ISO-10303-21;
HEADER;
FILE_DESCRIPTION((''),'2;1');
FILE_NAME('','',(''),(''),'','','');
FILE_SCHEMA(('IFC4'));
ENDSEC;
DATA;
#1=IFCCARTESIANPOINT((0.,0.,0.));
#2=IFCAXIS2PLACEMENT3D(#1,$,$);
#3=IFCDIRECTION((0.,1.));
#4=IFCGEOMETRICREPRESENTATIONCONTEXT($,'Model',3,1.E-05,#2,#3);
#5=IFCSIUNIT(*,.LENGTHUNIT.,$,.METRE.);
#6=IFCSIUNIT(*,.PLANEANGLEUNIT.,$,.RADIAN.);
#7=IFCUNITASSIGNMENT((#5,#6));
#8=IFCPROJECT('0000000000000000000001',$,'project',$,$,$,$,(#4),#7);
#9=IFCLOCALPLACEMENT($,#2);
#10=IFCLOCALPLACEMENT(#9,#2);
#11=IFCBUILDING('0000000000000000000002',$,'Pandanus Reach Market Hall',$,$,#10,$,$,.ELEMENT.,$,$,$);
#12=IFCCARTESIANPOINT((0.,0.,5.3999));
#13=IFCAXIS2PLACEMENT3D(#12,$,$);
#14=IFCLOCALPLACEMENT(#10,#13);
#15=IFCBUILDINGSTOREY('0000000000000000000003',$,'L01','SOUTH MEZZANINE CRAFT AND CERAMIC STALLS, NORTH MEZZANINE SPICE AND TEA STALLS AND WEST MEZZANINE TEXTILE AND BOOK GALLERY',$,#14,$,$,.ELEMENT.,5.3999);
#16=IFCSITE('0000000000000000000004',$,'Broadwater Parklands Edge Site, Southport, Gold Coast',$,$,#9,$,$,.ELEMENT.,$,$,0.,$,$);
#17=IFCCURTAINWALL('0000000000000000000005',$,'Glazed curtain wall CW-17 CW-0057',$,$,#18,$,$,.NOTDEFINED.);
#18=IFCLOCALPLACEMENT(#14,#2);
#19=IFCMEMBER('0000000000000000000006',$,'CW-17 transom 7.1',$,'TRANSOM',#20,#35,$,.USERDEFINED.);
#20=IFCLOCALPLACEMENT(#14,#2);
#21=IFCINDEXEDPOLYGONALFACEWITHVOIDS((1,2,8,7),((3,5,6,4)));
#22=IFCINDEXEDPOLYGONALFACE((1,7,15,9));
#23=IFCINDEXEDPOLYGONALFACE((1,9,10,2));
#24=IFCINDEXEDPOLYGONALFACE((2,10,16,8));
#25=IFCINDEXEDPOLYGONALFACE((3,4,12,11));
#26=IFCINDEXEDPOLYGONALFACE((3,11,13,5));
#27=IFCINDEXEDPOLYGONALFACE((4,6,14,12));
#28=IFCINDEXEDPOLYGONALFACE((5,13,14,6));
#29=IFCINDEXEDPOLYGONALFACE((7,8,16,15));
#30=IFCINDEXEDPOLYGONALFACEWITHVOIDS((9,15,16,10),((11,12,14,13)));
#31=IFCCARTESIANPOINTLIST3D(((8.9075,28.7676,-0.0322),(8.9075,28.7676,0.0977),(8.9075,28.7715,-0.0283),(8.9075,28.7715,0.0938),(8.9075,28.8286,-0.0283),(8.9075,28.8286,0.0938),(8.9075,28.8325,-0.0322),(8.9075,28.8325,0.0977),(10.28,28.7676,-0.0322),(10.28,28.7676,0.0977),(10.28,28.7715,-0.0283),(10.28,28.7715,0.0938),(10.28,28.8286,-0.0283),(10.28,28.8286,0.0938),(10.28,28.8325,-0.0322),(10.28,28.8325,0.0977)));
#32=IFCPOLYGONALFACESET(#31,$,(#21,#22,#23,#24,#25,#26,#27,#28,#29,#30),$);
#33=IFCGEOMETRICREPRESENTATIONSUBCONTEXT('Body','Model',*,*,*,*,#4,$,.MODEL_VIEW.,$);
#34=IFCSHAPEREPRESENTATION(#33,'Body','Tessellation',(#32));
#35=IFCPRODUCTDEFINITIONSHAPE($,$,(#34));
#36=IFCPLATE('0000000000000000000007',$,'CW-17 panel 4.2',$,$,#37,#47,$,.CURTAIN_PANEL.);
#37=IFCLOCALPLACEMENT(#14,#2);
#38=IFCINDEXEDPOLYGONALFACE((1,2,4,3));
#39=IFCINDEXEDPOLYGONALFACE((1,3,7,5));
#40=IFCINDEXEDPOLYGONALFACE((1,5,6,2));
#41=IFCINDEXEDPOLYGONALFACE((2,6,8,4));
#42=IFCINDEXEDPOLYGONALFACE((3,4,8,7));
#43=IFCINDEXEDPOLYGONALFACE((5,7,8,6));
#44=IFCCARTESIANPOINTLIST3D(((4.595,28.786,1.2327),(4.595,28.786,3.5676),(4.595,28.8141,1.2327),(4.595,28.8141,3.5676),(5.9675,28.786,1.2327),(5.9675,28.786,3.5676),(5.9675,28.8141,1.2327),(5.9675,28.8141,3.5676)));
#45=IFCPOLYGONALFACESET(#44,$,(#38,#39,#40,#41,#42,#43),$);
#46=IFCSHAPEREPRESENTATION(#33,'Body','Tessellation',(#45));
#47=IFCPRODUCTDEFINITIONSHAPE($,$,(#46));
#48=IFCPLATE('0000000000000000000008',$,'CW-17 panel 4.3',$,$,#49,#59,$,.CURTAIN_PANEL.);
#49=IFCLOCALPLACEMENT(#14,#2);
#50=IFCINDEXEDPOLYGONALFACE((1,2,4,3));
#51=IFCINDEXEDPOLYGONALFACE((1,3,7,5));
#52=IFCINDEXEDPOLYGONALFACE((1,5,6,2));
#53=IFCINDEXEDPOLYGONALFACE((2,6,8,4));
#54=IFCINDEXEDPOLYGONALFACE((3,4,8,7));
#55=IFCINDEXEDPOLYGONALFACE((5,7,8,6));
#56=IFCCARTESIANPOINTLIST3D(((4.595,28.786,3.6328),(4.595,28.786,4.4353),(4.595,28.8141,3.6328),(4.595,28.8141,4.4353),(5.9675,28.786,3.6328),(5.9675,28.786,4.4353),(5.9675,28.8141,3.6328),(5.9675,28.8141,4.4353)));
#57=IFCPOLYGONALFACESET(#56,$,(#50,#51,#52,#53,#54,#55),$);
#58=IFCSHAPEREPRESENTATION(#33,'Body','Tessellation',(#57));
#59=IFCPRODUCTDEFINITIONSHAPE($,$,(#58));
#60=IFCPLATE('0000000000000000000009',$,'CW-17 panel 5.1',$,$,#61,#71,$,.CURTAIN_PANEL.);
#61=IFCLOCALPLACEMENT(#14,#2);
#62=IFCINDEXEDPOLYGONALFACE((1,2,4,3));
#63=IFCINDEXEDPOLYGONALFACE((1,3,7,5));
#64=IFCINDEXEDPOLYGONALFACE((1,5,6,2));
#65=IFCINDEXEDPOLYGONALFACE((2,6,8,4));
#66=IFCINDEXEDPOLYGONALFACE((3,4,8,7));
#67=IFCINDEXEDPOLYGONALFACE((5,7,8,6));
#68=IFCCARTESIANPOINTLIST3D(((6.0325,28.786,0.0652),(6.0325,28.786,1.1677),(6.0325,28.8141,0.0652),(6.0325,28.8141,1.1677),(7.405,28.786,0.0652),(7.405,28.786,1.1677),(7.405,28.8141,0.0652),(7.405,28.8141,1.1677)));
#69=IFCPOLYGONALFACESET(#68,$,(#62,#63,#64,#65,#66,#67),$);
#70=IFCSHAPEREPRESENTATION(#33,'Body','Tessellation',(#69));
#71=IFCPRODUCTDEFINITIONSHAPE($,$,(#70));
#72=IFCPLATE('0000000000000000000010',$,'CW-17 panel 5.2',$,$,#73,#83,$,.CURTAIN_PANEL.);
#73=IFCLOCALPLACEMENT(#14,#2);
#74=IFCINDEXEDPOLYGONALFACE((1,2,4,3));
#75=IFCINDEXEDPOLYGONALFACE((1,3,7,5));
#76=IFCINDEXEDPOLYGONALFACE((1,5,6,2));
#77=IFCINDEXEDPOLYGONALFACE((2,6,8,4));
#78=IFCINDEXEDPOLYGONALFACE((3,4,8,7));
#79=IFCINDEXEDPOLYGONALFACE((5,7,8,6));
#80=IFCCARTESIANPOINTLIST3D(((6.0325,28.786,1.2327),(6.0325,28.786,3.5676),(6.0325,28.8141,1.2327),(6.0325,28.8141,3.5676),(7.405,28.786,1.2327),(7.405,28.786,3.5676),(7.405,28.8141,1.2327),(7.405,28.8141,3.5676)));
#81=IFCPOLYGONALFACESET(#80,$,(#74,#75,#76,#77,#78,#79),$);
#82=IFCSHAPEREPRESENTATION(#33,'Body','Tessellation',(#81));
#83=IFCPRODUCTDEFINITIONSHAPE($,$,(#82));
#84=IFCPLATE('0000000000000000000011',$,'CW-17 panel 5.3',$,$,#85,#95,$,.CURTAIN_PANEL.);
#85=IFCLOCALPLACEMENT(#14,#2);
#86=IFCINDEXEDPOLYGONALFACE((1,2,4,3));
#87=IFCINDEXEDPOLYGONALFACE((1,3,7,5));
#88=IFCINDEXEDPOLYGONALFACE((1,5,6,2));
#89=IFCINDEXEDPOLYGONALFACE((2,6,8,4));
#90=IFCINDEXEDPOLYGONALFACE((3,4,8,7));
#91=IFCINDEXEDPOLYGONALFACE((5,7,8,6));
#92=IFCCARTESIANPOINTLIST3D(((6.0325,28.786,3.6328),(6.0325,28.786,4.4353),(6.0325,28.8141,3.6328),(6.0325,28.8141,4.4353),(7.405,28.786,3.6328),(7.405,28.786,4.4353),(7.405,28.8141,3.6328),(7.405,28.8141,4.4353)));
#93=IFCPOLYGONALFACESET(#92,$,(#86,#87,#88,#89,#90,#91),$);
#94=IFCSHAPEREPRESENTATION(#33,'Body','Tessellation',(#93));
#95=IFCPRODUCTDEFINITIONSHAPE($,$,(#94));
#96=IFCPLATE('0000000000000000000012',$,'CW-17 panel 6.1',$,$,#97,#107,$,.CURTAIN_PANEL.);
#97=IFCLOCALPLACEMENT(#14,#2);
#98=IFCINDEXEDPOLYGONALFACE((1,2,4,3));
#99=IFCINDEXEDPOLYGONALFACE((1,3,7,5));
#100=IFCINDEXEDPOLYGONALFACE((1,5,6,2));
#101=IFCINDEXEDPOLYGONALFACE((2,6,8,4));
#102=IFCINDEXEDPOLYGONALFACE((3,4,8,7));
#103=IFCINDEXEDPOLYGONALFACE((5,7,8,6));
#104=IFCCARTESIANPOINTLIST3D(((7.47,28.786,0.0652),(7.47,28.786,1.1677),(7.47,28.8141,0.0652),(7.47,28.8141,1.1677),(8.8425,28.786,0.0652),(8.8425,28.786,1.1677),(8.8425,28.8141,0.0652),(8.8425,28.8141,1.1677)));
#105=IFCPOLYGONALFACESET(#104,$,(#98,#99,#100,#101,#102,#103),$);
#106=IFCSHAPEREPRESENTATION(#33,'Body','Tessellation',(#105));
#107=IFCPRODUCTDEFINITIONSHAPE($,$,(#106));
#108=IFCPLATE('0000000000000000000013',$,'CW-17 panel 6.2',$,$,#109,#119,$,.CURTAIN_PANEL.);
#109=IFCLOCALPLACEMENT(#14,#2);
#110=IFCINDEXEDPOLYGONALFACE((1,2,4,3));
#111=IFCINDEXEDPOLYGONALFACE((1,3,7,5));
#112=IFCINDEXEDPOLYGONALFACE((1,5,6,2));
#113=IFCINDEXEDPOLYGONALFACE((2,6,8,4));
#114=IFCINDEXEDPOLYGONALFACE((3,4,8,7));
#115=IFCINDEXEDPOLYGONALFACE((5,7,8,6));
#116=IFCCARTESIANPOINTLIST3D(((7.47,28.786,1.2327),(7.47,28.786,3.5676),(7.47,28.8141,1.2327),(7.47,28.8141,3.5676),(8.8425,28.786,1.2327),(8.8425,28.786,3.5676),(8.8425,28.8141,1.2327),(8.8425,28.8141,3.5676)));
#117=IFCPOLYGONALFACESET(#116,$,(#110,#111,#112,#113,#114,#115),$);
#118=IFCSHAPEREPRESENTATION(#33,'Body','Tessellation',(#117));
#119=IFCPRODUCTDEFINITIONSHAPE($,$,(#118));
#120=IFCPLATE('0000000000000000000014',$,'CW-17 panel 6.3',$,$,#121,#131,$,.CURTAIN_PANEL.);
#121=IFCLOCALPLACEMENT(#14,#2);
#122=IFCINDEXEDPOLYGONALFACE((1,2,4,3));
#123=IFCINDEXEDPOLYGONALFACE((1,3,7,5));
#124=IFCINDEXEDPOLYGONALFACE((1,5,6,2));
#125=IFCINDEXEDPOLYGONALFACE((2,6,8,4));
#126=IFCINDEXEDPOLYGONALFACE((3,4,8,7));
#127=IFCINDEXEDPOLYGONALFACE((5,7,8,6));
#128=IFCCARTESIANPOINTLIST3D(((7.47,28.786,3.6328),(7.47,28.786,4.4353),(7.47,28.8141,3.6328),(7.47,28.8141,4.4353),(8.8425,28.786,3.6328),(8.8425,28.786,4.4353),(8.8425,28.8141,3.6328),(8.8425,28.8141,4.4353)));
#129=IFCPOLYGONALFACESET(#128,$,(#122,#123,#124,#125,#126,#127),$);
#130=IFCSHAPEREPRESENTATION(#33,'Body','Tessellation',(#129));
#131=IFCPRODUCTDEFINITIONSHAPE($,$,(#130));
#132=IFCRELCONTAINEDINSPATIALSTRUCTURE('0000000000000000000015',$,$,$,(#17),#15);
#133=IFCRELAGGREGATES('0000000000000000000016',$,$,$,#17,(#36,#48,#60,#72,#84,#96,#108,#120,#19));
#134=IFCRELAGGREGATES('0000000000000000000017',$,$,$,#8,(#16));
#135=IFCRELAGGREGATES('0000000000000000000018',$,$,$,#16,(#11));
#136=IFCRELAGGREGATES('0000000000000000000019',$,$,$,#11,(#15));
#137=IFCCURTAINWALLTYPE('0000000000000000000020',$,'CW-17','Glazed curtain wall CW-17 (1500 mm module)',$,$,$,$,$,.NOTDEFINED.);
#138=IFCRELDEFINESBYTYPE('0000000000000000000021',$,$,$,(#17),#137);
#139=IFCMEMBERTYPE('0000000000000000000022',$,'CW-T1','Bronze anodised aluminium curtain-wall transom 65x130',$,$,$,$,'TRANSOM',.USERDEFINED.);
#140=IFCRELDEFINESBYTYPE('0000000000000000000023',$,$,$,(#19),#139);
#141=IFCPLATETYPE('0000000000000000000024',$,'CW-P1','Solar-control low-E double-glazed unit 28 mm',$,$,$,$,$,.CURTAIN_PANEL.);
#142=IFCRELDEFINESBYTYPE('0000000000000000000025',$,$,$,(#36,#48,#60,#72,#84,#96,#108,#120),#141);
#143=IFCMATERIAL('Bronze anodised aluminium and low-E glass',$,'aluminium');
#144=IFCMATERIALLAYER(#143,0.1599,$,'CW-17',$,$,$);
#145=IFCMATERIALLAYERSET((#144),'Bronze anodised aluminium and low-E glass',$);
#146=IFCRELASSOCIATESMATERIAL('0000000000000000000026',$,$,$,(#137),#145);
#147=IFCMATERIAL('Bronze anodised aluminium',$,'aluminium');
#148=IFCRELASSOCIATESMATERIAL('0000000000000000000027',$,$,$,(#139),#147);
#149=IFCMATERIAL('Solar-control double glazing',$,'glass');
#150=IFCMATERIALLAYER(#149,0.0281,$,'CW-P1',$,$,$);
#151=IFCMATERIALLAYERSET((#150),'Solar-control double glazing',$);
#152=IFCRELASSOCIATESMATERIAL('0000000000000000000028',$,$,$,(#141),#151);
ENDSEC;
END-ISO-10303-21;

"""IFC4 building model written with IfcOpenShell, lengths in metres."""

from ifc_helpers import new_model, si_unit, direction, frame, origin, origin_2d, place, context, subcontext, project, spatial, rectangle, hollow_rectangle, extrude, material, layer, layer_set, material_profile, profile_set, type_object, element, aggregate, save


model = new_model("IFC4")

# Units and contexts
model_context = context("Model", 3, precision=1e-05, world=origin(), true_north=direction((0.0, 1.0)))
body_context = subcontext(model_context, "Body", "Model", "MODEL_VIEW")
ifc_project = project(units=[si_unit("LENGTHUNIT", "METRE"), si_unit("PLANEANGLEUNIT", "RADIAN")], contexts=[model_context])

# Site, building, storey
site_placement = place(None, origin())
site = spatial("IfcSite", under=ifc_project, at=site_placement, Name="Broadwater Parklands Edge Site, Southport, Gold Coast", CompositionType="ELEMENT", RefElevation=0.0)
building_placement = place(site_placement, origin())
building = spatial("IfcBuilding", under=site, at=building_placement, Name="Pandanus Reach Market Hall", CompositionType="ELEMENT")
storey_placement = place(building_placement, frame((0.0, 0.0, 5.3999)))
storey = spatial("IfcBuildingStorey", under=building, at=storey_placement, Name="L01", Description="SOUTH MEZZANINE CRAFT AND CERAMIC STALLS, NORTH MEZZANINE SPICE AND TEA STALLS AND WEST MEZZANINE TEXTILE AND BOOK GALLERY", CompositionType="ELEMENT", Elevation=5.3999)

# Curtain wall, member, plates
ifc_material_1 = material(Name="Bronze anodised aluminium and low-E glass", Category="aluminium")
ifc_layer_1 = layer(ifc_material_1, 0.1599, Name="CW-17")
ifc_layer_set_1 = layer_set([ifc_layer_1], Name="Bronze anodised aluminium and low-E glass")
curtain_wall_type = type_object("IfcCurtainWallType", Name="CW-17", Description="Glazed curtain wall CW-17 (1500 mm module)", PredefinedType="NOTDEFINED", material=ifc_layer_set_1)
curtain_wall_placement = place(storey_placement, origin())
curtain_wall = element("IfcCurtainWall", 1, at=curtain_wall_placement, inside=storey, type_object=curtain_wall_type, Name="Glazed curtain wall CW-17 CW-0057", PredefinedType="NOTDEFINED")
ifc_material_2 = material(Name="Bronze anodised aluminium", Category="aluminium")
ifc_material_profile_1 = material_profile(ifc_material_2, hollow_rectangle(XDim=0.0649, YDim=0.1299, WallThickness=0.0039, at=origin_2d()), Name="ALU65x130", Category="LoadBearing")
ifc_profile_set_1 = profile_set([ifc_material_profile_1], Name="Bronze anodised aluminium")
member_type_1 = type_object("IfcMemberType", Name="CW-T1", Description="Bronze anodised aluminium curtain-wall transom 65x130", ElementType="TRANSOM", PredefinedType="USERDEFINED", material=ifc_profile_set_1)
member_1_placement = place(storey_placement, frame((8.9075, 28.8, 0.0327), z_axis=(1.0, 0.0, 0.0), x_axis=(0.0, 1.0, 0.0)))
member_1 = element("IfcMember", 2, at=member_1_placement, type_object=member_type_1, Name="CW-17 transom 7.1", ObjectType="TRANSOM", PredefinedType="USERDEFINED", context=body_context, shape_type="SweptSolid", body=[
    extrude(hollow_rectangle(XDim=0.0649, YDim=0.1299, WallThickness=0.0039, at=origin_2d()), origin(), (0.0, 0.0, 1.0), 1.3726),
])
ifc_material_3 = material(Name="Solar-control double glazing", Category="glass")
ifc_layer_2 = layer(ifc_material_3, 0.0281, Name="CW-P1")
ifc_layer_set_2 = layer_set([ifc_layer_2], Name="Solar-control double glazing")
plate_type = type_object("IfcPlateType", Name="CW-P1", Description="Solar-control low-E double-glazed unit 28 mm", PredefinedType="CURTAIN_PANEL", material=ifc_layer_set_2)
plate_1_placement = place(storey_placement, frame((5.2812, 28.8, 1.2327), z_axis=(0.0, 0.0, 1.0), x_axis=(1.0, 0.0, 0.0)))
plate_1 = element("IfcPlate", 3, at=plate_1_placement, type_object=plate_type, Name="CW-17 panel 4.2", PredefinedType="CURTAIN_PANEL", context=body_context, shape_type="SweptSolid", body=[
    extrude(rectangle(XDim=1.3726, YDim=0.0281, at=origin_2d()), origin(), (0.0, 0.0, 1.0), 2.335),
])
plate_2_placement = place(storey_placement, frame((5.2812, 28.8, 3.6328), z_axis=(0.0, 0.0, 1.0), x_axis=(1.0, 0.0, 0.0)))
plate_2 = element("IfcPlate", 4, at=plate_2_placement, type_object=plate_type, Name="CW-17 panel 4.3", PredefinedType="CURTAIN_PANEL", context=body_context, shape_type="SweptSolid", body=[
    extrude(rectangle(XDim=1.3726, YDim=0.0281, at=origin_2d()), origin(), (0.0, 0.0, 1.0), 0.8025),
])
plate_3_placement = place(storey_placement, frame((6.7188, 28.8, 0.0652), z_axis=(0.0, 0.0, 1.0), x_axis=(1.0, 0.0, 0.0)))
plate_3 = element("IfcPlate", 5, at=plate_3_placement, type_object=plate_type, Name="CW-17 panel 5.1", PredefinedType="CURTAIN_PANEL", context=body_context, shape_type="SweptSolid", body=[
    extrude(rectangle(XDim=1.3726, YDim=0.0281, at=origin_2d()), origin(), (0.0, 0.0, 1.0), 1.1025),
])
plate_4_placement = place(storey_placement, frame((6.7188, 28.8, 1.2327), z_axis=(0.0, 0.0, 1.0), x_axis=(1.0, 0.0, 0.0)))
plate_4 = element("IfcPlate", 6, at=plate_4_placement, type_object=plate_type, Name="CW-17 panel 5.2", PredefinedType="CURTAIN_PANEL", context=body_context, shape_type="SweptSolid", body=[
    extrude(rectangle(XDim=1.3726, YDim=0.0281, at=origin_2d()), origin(), (0.0, 0.0, 1.0), 2.335),
])
plate_5_placement = place(storey_placement, frame((6.7188, 28.8, 3.6328), z_axis=(0.0, 0.0, 1.0), x_axis=(1.0, 0.0, 0.0)))
plate_5 = element("IfcPlate", 7, at=plate_5_placement, type_object=plate_type, Name="CW-17 panel 5.3", PredefinedType="CURTAIN_PANEL", context=body_context, shape_type="SweptSolid", body=[
    extrude(rectangle(XDim=1.3726, YDim=0.0281, at=origin_2d()), origin(), (0.0, 0.0, 1.0), 0.8025),
])
plate_6_placement = place(storey_placement, frame((8.1562, 28.8, 0.0652), z_axis=(0.0, 0.0, 1.0), x_axis=(1.0, 0.0, 0.0)))
plate_6 = element("IfcPlate", 8, at=plate_6_placement, type_object=plate_type, Name="CW-17 panel 6.1", PredefinedType="CURTAIN_PANEL", context=body_context, shape_type="SweptSolid", body=[
    extrude(rectangle(XDim=1.3726, YDim=0.0281, at=origin_2d()), origin(), (0.0, 0.0, 1.0), 1.1025),
])
plate_7_placement = place(storey_placement, frame((8.1562, 28.8, 1.2327), z_axis=(0.0, 0.0, 1.0), x_axis=(1.0, 0.0, 0.0)))
plate_7 = element("IfcPlate", 9, at=plate_7_placement, type_object=plate_type, Name="CW-17 panel 6.2", PredefinedType="CURTAIN_PANEL", context=body_context, shape_type="SweptSolid", body=[
    extrude(rectangle(XDim=1.3726, YDim=0.0281, at=origin_2d()), origin(), (0.0, 0.0, 1.0), 2.335),
])
plate_8_placement = place(storey_placement, frame((8.1562, 28.8, 3.6328), z_axis=(0.0, 0.0, 1.0), x_axis=(1.0, 0.0, 0.0)))
plate_8 = element("IfcPlate", 10, at=plate_8_placement, type_object=plate_type, Name="CW-17 panel 6.3", PredefinedType="CURTAIN_PANEL", context=body_context, shape_type="SweptSolid", body=[
    extrude(rectangle(XDim=1.3726, YDim=0.0281, at=origin_2d()), origin(), (0.0, 0.0, 1.0), 0.8025),
])
aggregate(curtain_wall, [plate_1, plate_2, plate_3, plate_4, plate_5, plate_6, plate_7, plate_8, member_1])

save(model, "model.ifc")
